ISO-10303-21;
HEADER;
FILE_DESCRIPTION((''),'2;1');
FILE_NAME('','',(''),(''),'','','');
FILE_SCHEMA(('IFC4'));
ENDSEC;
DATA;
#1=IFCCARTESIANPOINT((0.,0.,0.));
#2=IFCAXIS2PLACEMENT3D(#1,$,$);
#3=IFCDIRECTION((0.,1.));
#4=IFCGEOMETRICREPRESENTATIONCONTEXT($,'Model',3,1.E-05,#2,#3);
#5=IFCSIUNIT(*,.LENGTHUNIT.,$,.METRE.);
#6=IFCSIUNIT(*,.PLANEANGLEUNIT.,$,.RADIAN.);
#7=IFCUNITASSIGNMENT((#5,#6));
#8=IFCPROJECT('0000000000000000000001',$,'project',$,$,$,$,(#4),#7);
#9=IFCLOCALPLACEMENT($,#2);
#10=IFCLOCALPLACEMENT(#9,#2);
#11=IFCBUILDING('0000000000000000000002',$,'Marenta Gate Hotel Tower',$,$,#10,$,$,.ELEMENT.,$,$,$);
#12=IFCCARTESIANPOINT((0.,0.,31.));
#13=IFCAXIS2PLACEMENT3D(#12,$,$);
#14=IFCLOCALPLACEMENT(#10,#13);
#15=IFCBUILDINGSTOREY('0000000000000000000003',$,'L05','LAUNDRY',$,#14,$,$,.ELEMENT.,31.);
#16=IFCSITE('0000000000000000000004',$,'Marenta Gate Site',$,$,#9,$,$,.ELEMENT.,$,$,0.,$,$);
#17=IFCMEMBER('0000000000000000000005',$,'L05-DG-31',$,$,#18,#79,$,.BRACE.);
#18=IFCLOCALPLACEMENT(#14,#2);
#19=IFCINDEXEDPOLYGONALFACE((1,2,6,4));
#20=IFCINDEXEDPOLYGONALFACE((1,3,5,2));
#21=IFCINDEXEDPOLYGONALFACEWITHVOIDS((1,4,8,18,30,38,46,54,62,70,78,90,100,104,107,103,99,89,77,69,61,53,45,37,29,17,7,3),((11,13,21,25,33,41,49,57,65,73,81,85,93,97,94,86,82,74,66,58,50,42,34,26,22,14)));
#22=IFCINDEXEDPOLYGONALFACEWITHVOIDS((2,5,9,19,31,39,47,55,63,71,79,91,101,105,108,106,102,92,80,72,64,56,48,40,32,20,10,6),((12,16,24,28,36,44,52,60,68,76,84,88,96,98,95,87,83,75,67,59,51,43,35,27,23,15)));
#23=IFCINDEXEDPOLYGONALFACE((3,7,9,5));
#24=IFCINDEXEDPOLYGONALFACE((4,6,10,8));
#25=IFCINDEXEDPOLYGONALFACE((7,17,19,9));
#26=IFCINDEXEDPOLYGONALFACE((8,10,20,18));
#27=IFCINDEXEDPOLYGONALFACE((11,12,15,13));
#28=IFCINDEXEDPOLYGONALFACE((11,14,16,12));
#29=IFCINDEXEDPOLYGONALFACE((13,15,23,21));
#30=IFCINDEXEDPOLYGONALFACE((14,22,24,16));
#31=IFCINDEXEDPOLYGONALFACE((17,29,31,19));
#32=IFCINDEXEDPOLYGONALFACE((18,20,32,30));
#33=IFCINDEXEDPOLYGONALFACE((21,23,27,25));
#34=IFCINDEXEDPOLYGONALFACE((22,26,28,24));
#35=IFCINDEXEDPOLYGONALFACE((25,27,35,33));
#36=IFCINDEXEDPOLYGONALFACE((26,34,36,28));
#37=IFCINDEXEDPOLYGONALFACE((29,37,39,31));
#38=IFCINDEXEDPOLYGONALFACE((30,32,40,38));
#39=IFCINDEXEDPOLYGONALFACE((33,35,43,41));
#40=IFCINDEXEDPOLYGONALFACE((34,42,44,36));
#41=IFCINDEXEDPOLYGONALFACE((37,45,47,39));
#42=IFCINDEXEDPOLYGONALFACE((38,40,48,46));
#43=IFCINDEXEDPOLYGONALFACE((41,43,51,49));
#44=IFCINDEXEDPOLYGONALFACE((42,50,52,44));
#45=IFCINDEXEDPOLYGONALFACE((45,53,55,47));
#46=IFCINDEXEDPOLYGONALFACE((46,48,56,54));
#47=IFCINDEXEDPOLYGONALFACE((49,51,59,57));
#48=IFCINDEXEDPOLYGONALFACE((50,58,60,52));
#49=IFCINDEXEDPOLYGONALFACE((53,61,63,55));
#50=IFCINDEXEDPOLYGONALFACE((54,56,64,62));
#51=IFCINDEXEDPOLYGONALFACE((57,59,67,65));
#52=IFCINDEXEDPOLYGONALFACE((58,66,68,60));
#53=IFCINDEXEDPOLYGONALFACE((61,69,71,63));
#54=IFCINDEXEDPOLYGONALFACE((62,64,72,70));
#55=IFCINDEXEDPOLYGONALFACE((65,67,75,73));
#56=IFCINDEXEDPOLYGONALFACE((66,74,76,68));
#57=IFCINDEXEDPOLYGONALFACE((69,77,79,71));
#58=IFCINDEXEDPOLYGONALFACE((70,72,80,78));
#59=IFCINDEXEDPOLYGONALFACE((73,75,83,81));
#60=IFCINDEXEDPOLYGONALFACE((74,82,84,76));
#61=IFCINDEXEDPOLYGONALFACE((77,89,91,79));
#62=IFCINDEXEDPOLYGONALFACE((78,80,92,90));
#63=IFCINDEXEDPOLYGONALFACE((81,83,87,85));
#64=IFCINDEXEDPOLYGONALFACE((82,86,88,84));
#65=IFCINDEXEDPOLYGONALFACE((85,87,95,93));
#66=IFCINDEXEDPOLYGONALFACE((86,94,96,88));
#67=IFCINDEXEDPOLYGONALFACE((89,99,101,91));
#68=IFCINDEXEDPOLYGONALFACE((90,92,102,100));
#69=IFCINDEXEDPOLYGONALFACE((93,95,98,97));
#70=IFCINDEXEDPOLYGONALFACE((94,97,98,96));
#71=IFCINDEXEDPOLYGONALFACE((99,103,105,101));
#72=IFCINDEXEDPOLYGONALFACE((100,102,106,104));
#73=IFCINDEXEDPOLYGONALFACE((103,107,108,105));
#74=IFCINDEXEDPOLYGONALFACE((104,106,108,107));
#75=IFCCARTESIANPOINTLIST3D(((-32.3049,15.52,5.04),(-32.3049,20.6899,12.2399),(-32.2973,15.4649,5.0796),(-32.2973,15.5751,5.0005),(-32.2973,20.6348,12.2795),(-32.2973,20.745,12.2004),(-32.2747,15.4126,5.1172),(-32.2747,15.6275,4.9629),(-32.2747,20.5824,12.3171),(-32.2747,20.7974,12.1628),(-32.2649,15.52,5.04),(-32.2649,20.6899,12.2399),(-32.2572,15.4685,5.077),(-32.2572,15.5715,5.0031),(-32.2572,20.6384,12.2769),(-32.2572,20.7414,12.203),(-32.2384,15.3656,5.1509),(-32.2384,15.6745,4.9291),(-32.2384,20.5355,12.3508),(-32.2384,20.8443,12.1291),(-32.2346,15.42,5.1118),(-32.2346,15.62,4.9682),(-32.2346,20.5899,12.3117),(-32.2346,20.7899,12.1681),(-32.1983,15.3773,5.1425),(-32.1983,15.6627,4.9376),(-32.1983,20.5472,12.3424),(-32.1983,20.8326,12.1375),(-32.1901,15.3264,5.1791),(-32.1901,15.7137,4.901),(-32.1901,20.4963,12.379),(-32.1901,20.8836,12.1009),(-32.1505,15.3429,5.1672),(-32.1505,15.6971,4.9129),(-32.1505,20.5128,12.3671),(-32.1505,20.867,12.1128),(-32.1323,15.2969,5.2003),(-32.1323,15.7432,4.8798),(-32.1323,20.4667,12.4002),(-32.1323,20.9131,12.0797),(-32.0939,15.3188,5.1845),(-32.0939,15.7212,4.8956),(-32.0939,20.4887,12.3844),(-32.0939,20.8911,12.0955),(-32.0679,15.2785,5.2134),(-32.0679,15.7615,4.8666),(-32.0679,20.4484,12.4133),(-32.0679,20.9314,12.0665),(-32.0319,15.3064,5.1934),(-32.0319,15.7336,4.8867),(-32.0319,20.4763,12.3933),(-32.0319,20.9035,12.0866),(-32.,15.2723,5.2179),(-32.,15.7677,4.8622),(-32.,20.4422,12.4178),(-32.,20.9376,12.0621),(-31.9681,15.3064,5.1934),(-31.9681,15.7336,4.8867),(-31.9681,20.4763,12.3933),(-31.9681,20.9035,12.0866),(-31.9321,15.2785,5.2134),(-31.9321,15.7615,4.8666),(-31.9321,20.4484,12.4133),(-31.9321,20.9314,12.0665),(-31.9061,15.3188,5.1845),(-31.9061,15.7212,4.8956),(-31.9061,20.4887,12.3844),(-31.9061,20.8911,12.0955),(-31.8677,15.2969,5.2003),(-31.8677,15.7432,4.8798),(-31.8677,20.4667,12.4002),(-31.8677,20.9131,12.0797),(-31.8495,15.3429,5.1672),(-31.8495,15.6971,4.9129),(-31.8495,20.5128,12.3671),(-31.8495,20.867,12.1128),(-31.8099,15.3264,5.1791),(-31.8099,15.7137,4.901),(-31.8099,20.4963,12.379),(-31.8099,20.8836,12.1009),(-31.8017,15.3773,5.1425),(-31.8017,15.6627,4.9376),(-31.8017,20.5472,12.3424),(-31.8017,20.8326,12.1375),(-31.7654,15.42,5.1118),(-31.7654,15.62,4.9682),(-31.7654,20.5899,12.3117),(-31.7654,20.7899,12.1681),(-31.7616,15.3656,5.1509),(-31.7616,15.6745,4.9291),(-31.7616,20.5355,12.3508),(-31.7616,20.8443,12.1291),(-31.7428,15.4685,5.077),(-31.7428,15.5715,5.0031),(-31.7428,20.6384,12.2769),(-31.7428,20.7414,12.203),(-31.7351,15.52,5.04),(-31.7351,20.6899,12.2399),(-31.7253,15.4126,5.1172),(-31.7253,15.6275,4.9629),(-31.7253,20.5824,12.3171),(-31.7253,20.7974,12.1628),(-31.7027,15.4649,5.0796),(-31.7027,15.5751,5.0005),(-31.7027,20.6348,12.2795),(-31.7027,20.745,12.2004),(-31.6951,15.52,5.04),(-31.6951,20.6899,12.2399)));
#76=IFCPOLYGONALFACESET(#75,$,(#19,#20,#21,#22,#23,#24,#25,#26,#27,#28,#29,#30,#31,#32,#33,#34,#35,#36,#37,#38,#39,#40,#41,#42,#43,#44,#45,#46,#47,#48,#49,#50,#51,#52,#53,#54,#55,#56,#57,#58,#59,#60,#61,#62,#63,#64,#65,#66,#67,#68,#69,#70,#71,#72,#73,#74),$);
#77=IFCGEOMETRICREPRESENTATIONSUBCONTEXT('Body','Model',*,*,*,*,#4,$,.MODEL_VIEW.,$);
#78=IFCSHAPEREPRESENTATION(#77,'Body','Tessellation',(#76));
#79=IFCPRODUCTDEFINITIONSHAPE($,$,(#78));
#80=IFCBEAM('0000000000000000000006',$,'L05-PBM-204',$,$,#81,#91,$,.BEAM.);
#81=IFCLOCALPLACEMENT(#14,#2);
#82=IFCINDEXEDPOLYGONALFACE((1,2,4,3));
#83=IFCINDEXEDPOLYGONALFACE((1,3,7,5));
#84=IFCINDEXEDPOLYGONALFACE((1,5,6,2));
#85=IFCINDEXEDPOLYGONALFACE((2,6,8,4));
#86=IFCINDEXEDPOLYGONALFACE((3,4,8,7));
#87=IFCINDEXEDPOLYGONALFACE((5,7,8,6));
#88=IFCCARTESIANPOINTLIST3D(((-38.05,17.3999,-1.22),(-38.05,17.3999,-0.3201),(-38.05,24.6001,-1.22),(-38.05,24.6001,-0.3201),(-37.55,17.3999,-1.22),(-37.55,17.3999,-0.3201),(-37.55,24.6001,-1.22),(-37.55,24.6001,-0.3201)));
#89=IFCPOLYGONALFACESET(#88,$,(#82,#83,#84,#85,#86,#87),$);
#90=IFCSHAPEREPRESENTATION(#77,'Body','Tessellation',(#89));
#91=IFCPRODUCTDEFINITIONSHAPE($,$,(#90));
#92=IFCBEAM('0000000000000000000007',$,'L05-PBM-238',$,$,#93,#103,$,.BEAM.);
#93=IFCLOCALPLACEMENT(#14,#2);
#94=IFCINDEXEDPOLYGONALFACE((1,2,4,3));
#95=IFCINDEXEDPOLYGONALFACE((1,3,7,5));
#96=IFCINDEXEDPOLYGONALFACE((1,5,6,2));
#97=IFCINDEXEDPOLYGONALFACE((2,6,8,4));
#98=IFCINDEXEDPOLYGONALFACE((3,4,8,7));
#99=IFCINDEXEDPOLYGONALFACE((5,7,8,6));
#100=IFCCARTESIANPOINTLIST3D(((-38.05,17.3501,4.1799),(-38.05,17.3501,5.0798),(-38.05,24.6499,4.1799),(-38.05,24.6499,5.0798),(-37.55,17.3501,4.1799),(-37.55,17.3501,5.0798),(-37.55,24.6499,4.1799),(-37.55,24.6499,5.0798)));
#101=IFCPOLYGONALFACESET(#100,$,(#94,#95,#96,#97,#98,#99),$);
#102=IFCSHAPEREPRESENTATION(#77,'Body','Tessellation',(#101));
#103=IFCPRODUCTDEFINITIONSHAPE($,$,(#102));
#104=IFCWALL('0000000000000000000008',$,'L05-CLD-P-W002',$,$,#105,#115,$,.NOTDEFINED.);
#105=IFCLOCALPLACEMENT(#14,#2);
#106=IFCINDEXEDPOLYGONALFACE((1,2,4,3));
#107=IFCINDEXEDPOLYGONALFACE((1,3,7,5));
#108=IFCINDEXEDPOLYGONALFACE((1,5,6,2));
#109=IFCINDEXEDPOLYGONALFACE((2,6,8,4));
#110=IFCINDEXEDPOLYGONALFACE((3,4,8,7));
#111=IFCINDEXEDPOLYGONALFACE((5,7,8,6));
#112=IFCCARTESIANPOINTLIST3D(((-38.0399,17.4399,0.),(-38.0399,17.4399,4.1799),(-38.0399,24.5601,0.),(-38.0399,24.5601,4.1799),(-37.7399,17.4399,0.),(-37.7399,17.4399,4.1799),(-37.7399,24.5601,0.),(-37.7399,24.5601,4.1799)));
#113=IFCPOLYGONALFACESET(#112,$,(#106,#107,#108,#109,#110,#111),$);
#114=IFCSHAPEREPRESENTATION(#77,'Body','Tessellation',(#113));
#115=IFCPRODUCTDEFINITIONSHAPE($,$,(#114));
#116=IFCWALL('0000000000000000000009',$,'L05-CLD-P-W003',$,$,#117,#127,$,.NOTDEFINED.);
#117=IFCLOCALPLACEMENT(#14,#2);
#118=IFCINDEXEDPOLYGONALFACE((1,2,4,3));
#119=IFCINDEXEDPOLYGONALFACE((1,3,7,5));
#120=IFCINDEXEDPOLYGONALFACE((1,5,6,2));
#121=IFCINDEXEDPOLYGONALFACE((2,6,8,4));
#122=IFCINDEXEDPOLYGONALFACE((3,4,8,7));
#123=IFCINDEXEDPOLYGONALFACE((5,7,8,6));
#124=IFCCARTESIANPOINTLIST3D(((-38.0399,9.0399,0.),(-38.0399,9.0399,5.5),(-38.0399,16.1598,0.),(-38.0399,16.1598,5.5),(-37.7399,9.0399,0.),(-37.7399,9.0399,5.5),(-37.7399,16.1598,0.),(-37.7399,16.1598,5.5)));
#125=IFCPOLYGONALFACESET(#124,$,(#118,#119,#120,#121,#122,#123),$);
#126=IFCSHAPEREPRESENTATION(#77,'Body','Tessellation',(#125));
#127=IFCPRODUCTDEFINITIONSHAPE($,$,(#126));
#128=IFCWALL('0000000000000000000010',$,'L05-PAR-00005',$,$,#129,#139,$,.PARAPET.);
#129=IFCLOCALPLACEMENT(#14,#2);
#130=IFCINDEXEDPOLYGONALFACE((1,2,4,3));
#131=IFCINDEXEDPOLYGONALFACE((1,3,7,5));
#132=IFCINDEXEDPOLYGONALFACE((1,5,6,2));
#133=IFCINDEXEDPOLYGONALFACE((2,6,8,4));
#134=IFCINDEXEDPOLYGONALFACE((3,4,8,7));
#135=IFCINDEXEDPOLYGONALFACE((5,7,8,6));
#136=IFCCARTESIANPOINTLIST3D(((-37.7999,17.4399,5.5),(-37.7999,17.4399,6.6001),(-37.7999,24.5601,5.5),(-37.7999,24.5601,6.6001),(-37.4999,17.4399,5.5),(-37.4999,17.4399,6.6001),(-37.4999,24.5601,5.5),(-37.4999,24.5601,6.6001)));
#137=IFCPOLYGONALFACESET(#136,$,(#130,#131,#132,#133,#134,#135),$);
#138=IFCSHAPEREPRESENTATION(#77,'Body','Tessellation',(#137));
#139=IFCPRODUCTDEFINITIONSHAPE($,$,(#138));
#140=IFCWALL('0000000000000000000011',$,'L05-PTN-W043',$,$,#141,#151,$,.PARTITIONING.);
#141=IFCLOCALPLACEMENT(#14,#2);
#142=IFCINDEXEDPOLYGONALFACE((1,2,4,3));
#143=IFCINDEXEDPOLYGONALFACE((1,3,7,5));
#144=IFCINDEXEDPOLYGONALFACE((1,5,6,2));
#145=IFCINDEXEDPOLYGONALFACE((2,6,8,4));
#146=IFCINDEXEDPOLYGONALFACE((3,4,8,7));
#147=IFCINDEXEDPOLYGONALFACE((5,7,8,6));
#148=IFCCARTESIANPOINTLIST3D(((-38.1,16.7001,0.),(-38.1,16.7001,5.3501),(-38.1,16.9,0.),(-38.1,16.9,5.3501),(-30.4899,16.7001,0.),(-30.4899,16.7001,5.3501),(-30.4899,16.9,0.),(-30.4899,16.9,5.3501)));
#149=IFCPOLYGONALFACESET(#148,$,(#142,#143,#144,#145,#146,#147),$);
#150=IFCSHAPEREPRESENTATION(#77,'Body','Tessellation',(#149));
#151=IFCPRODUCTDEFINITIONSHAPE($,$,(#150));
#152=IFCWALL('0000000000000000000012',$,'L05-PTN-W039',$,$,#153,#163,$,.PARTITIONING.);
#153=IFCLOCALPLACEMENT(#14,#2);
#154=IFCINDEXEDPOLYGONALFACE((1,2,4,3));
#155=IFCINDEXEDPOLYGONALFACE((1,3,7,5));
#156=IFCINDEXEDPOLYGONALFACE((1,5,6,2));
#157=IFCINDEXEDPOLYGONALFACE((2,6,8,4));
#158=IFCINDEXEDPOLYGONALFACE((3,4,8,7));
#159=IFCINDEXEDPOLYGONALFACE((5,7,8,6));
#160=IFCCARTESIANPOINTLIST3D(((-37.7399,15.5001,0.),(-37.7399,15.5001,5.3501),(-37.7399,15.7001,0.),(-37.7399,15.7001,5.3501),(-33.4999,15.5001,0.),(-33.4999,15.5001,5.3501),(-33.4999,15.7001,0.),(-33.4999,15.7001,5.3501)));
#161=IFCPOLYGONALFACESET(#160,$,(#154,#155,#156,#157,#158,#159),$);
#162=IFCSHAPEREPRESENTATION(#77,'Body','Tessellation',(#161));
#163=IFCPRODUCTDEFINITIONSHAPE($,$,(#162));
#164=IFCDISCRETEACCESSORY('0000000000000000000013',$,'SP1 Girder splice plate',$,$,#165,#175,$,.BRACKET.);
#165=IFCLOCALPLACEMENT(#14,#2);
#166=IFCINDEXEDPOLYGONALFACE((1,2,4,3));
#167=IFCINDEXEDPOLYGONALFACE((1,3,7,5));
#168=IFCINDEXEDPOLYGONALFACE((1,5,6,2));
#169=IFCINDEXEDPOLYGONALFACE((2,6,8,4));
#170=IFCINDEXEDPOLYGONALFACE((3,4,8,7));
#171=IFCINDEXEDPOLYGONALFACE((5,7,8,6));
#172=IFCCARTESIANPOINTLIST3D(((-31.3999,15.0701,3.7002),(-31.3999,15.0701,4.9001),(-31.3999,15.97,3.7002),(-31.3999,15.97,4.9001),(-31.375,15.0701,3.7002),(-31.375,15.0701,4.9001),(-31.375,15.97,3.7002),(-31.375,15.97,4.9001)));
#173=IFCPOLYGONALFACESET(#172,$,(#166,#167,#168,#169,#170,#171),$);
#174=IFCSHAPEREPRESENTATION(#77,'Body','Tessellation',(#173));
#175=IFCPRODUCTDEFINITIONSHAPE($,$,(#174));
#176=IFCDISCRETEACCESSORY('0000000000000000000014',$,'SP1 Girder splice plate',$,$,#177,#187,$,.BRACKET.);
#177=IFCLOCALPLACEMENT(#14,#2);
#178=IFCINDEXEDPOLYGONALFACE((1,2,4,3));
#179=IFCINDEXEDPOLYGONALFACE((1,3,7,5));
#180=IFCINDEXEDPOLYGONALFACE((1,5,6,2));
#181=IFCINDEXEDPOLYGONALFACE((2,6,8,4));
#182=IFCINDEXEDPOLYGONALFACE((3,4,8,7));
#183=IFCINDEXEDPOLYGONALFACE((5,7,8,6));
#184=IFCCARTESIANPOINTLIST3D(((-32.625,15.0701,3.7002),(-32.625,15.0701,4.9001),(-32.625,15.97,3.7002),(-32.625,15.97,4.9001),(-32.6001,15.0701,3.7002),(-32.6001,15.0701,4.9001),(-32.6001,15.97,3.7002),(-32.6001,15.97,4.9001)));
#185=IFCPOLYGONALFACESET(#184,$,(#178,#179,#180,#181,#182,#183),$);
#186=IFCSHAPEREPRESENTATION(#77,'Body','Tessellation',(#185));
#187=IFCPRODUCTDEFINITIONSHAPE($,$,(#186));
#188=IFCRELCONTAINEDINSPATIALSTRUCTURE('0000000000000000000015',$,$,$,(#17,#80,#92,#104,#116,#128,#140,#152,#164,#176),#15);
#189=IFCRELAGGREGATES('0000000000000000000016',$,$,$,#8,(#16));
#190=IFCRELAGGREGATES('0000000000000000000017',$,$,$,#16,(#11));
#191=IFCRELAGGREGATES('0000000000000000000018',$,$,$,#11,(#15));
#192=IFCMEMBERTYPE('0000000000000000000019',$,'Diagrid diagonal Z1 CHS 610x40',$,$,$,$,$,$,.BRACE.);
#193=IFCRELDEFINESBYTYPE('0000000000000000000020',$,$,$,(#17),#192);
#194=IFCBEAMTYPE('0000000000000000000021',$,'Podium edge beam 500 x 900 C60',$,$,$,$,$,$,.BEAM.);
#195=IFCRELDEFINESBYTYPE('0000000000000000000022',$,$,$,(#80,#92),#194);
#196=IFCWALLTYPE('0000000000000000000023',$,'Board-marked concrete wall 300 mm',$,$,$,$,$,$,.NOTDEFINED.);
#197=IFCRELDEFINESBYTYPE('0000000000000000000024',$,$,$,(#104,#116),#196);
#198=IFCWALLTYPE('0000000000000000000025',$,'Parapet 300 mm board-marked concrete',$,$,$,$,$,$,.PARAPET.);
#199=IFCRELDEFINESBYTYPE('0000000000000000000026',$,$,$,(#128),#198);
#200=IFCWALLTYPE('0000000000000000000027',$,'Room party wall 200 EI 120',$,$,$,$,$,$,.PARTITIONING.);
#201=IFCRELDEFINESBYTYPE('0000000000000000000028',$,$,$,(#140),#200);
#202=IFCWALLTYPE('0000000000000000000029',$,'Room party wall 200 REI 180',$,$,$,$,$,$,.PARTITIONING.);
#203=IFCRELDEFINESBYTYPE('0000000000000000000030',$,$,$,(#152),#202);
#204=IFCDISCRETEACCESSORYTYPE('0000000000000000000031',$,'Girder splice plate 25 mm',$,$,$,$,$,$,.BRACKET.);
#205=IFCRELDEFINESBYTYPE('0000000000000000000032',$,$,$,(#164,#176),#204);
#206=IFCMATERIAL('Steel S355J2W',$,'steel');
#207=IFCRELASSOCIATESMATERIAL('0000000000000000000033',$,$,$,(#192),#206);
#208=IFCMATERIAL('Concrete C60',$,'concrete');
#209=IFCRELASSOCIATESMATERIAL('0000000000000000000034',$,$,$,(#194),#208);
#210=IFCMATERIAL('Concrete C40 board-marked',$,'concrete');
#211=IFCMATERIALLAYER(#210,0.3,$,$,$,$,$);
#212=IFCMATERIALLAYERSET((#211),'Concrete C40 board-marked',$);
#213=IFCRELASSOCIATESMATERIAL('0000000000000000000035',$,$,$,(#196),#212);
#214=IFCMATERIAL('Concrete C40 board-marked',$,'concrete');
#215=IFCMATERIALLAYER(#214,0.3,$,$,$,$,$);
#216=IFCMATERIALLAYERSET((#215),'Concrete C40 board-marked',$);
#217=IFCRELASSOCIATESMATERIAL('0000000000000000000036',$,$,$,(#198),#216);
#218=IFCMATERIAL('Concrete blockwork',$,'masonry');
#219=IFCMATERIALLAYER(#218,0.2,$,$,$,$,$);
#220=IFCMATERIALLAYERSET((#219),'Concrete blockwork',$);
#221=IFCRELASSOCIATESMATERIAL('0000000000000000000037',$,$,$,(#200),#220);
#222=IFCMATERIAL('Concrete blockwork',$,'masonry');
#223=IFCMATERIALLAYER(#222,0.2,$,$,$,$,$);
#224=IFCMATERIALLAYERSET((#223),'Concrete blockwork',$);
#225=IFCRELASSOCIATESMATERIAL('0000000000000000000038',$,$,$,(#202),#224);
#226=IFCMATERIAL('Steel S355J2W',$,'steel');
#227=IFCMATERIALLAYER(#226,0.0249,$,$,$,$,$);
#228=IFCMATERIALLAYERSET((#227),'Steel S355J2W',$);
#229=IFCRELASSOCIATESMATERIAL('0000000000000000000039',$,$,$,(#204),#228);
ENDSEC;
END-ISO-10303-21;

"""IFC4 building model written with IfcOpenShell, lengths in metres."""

from ifc_helpers import new_model, si_unit, direction, frame, frame_2d, origin, origin_2d, place, context, subcontext, project, spatial, rectangle, hollow_circle, extrude, material, layer, layer_set, material_profile, profile_set, type_object, element, save


model = new_model("IFC4")

# Units and contexts
model_context = context("Model", 3, precision=1e-05, world=origin(), true_north=direction((0.0, 1.0)))
body_context = subcontext(model_context, "Body", "Model", "MODEL_VIEW")
ifc_project = project(units=[si_unit("LENGTHUNIT", "METRE"), si_unit("PLANEANGLEUNIT", "RADIAN")], contexts=[model_context])

# Site, building, storey
site_placement = place(None, origin())
site = spatial("IfcSite", under=ifc_project, at=site_placement, Name="Marenta Gate Site", CompositionType="ELEMENT", RefElevation=0.0)
building_placement = place(site_placement, origin())
building = spatial("IfcBuilding", under=site, at=building_placement, Name="Marenta Gate Hotel Tower", CompositionType="ELEMENT")
storey_placement = place(building_placement, frame((0.0, 0.0, 31.0)))
storey = spatial("IfcBuildingStorey", under=building, at=storey_placement, Name="L05", Description="LAUNDRY", CompositionType="ELEMENT", Elevation=31.0)

# Member
ifc_material_1 = material(Name="Steel S355J2W", Category="steel")
ifc_material_profile_1 = material_profile(ifc_material_1, hollow_circle(Radius=0.3049, WallThickness=0.04, at=origin_2d()), Name="CHS 610x40")
ifc_profile_set_1 = profile_set([ifc_material_profile_1], Name="Steel S355J2W")
member_type = type_object("IfcMemberType", Name="Diagrid diagonal Z1 CHS 610x40", PredefinedType="BRACE", material=ifc_profile_set_1)
member_1_placement = place(storey_placement, frame((-32.0, 15.52, 5.04), z_axis=(0.0, 0.583261, 0.812285), x_axis=(-1.0, 0.0, 0.0)))
element("IfcMember", 1, at=member_1_placement, inside=storey, type_object=member_type, Name="L05-DG-31", PredefinedType="BRACE", context=body_context, shape_type="SweptSolid", body=[
    extrude(hollow_circle(Radius=0.3049, WallThickness=0.04, at=origin_2d()), origin(), (0.0, 0.0, 1.0), 8.8638),
])

# Beams
ifc_material_2 = material(Name="Concrete C60", Category="concrete")
ifc_material_profile_2 = material_profile(ifc_material_2, rectangle(XDim=0.5, YDim=0.8999, at=origin_2d()), Name="500 x 900")
ifc_profile_set_2 = profile_set([ifc_material_profile_2], Name="Concrete C60")
beam_type_1 = type_object("IfcBeamType", Name="Podium edge beam 500 x 900 C60", PredefinedType="BEAM", material=ifc_profile_set_2)
beam_1_placement = place(storey_placement, frame((-37.8, 24.6001, -0.77), z_axis=(0.0, -1.0, 0.0), x_axis=(1.0, 0.0, 0.0)))
element("IfcBeam", 2, at=beam_1_placement, inside=storey, type_object=beam_type_1, Name="L05-PBM-204", PredefinedType="BEAM", context=body_context, shape_type="SweptSolid", body=[
    extrude(rectangle(XDim=0.5, YDim=0.8999, at=origin_2d()), origin(), (0.0, 0.0, 1.0), 7.2002),
])
beam_2_placement = place(storey_placement, frame((-37.8, 24.6499, 4.6299), z_axis=(0.0, -1.0, 0.0), x_axis=(1.0, 0.0, 0.0)))
element("IfcBeam", 3, at=beam_2_placement, inside=storey, type_object=beam_type_1, Name="L05-PBM-238", PredefinedType="BEAM", context=body_context, shape_type="SweptSolid", body=[
    extrude(rectangle(XDim=0.5, YDim=0.8999, at=origin_2d()), origin(), (0.0, 0.0, 1.0), 7.2998),
])

# Walls
ifc_material_3 = material(Name="Concrete C40 board-marked", Category="concrete")
ifc_layer_1 = layer(ifc_material_3, 0.3)
ifc_layer_set_1 = layer_set([ifc_layer_1], Name="Concrete C40 board-marked")
wall_type_1 = type_object("IfcWallType", Name="Board-marked concrete wall 300 mm", PredefinedType="NOTDEFINED", material=ifc_layer_set_1)
wall_1_placement = place(storey_placement, frame((-37.8899, 24.5601, 0.0), z_axis=(0.0, 0.0, 1.0), x_axis=(0.0, -1.0, 0.0)))
element("IfcWall", 4, at=wall_1_placement, inside=storey, type_object=wall_type_1, Name="L05-CLD-P-W002", PredefinedType="NOTDEFINED", context=body_context, shape_type="SweptSolid", body=[
    extrude(rectangle(XDim=7.1201, YDim=0.3, at=frame_2d((3.5601, 0.0))), origin(), (0.0, 0.0, 1.0), 4.1799),
])
wall_2_placement = place(storey_placement, frame((-37.8899, 16.1599, 0.0), z_axis=(0.0, 0.0, 1.0), x_axis=(0.0, -1.0, 0.0)))
element("IfcWall", 5, at=wall_2_placement, inside=storey, type_object=wall_type_1, Name="L05-CLD-P-W003", PredefinedType="NOTDEFINED", context=body_context, shape_type="SweptSolid", body=[
    extrude(rectangle(XDim=7.1199, YDim=0.3, at=frame_2d((3.5601, 0.0))), origin(), (0.0, 0.0, 1.0), 5.5),
])
ifc_material_4 = material(Name="Concrete C40 board-marked", Category="concrete")
ifc_layer_2 = layer(ifc_material_4, 0.3)
ifc_layer_set_2 = layer_set([ifc_layer_2], Name="Concrete C40 board-marked")
wall_type_2 = type_object("IfcWallType", Name="Parapet 300 mm board-marked concrete", PredefinedType="PARAPET", material=ifc_layer_set_2)
wall_3_placement = place(storey_placement, frame((-37.6499, 17.4399, 5.5), z_axis=(0.0, 0.0, 1.0), x_axis=(0.0, 1.0, 0.0)))
element("IfcWall", 6, at=wall_3_placement, inside=storey, type_object=wall_type_2, Name="L05-PAR-00005", PredefinedType="PARAPET", context=body_context, shape_type="SweptSolid", body=[
    extrude(rectangle(XDim=7.1201, YDim=0.3, at=frame_2d((3.5601, 0.0))), origin(), (0.0, 0.0, 1.0), 1.1001),
])
ifc_material_5 = material(Name="Concrete blockwork", Category="masonry")
ifc_layer_3 = layer(ifc_material_5, 0.2)
ifc_layer_set_3 = layer_set([ifc_layer_3], Name="Concrete blockwork")
wall_type_3 = type_object("IfcWallType", Name="Room party wall 200 EI 120", PredefinedType="PARTITIONING", material=ifc_layer_set_3)
wall_4_placement = place(storey_placement, frame((-38.1001, 16.8, 0.0), z_axis=(0.0, 0.0, 1.0), x_axis=(1.0, 0.0, 0.0)))
element("IfcWall", 7, at=wall_4_placement, inside=storey, type_object=wall_type_3, Name="L05-PTN-W043", PredefinedType="PARTITIONING", context=body_context, shape_type="SweptSolid", body=[
    extrude(rectangle(XDim=7.6101, YDim=0.2, at=frame_2d((3.8052, 0.0))), origin(), (0.0, 0.0, 1.0), 5.3501),
])
ifc_material_6 = material(Name="Concrete blockwork", Category="masonry")
ifc_layer_4 = layer(ifc_material_6, 0.2)
ifc_layer_set_4 = layer_set([ifc_layer_4], Name="Concrete blockwork")
wall_type_4 = type_object("IfcWallType", Name="Room party wall 200 REI 180", PredefinedType="PARTITIONING", material=ifc_layer_set_4)
wall_5_placement = place(storey_placement, frame((-37.74, 15.6001, 0.0), z_axis=(0.0, 0.0, 1.0), x_axis=(1.0, 0.0, 0.0)))
element("IfcWall", 8, at=wall_5_placement, inside=storey, type_object=wall_type_4, Name="L05-PTN-W039", PredefinedType="PARTITIONING", context=body_context, shape_type="SweptSolid", body=[
    extrude(rectangle(XDim=4.24, YDim=0.2, at=frame_2d((2.1201, 0.0))), origin(), (0.0, 0.0, 1.0), 5.3501),
])

# Discrete accessories
ifc_material_7 = material(Name="Steel S355J2W", Category="steel")
ifc_layer_5 = layer(ifc_material_7, 0.0249)
ifc_layer_set_5 = layer_set([ifc_layer_5], Name="Steel S355J2W")
discrete_accessory_type_1 = type_object("IfcDiscreteAccessoryType", Name="Girder splice plate 25 mm", PredefinedType="BRACKET", material=ifc_layer_set_5)
for number, where, z_axis, x_axis, name in (
    (9, (-31.3875, 15.52, 3.7002), (0.0, 0.0, 1.0), (0.0, 1.0, 0.0), "SP1 Girder splice plate"),
    (10, (-32.6125, 15.52, 3.7002), (0.0, 0.0, 1.0), (0.0, 1.0, 0.0), "SP1 Girder splice plate"),
):
    element("IfcDiscreteAccessory", number, at=place(storey_placement, frame(where, z_axis=z_axis, x_axis=x_axis)), inside=storey, type_object=discrete_accessory_type_1, Name=name, PredefinedType="BRACKET", context=body_context, shape_type="SweptSolid", body=[
        extrude(rectangle(XDim=0.8999, YDim=0.0249, at=origin_2d()), origin(), (0.0, 0.0, 1.0), 1.2),
    ])

save(model, "model.ifc")
